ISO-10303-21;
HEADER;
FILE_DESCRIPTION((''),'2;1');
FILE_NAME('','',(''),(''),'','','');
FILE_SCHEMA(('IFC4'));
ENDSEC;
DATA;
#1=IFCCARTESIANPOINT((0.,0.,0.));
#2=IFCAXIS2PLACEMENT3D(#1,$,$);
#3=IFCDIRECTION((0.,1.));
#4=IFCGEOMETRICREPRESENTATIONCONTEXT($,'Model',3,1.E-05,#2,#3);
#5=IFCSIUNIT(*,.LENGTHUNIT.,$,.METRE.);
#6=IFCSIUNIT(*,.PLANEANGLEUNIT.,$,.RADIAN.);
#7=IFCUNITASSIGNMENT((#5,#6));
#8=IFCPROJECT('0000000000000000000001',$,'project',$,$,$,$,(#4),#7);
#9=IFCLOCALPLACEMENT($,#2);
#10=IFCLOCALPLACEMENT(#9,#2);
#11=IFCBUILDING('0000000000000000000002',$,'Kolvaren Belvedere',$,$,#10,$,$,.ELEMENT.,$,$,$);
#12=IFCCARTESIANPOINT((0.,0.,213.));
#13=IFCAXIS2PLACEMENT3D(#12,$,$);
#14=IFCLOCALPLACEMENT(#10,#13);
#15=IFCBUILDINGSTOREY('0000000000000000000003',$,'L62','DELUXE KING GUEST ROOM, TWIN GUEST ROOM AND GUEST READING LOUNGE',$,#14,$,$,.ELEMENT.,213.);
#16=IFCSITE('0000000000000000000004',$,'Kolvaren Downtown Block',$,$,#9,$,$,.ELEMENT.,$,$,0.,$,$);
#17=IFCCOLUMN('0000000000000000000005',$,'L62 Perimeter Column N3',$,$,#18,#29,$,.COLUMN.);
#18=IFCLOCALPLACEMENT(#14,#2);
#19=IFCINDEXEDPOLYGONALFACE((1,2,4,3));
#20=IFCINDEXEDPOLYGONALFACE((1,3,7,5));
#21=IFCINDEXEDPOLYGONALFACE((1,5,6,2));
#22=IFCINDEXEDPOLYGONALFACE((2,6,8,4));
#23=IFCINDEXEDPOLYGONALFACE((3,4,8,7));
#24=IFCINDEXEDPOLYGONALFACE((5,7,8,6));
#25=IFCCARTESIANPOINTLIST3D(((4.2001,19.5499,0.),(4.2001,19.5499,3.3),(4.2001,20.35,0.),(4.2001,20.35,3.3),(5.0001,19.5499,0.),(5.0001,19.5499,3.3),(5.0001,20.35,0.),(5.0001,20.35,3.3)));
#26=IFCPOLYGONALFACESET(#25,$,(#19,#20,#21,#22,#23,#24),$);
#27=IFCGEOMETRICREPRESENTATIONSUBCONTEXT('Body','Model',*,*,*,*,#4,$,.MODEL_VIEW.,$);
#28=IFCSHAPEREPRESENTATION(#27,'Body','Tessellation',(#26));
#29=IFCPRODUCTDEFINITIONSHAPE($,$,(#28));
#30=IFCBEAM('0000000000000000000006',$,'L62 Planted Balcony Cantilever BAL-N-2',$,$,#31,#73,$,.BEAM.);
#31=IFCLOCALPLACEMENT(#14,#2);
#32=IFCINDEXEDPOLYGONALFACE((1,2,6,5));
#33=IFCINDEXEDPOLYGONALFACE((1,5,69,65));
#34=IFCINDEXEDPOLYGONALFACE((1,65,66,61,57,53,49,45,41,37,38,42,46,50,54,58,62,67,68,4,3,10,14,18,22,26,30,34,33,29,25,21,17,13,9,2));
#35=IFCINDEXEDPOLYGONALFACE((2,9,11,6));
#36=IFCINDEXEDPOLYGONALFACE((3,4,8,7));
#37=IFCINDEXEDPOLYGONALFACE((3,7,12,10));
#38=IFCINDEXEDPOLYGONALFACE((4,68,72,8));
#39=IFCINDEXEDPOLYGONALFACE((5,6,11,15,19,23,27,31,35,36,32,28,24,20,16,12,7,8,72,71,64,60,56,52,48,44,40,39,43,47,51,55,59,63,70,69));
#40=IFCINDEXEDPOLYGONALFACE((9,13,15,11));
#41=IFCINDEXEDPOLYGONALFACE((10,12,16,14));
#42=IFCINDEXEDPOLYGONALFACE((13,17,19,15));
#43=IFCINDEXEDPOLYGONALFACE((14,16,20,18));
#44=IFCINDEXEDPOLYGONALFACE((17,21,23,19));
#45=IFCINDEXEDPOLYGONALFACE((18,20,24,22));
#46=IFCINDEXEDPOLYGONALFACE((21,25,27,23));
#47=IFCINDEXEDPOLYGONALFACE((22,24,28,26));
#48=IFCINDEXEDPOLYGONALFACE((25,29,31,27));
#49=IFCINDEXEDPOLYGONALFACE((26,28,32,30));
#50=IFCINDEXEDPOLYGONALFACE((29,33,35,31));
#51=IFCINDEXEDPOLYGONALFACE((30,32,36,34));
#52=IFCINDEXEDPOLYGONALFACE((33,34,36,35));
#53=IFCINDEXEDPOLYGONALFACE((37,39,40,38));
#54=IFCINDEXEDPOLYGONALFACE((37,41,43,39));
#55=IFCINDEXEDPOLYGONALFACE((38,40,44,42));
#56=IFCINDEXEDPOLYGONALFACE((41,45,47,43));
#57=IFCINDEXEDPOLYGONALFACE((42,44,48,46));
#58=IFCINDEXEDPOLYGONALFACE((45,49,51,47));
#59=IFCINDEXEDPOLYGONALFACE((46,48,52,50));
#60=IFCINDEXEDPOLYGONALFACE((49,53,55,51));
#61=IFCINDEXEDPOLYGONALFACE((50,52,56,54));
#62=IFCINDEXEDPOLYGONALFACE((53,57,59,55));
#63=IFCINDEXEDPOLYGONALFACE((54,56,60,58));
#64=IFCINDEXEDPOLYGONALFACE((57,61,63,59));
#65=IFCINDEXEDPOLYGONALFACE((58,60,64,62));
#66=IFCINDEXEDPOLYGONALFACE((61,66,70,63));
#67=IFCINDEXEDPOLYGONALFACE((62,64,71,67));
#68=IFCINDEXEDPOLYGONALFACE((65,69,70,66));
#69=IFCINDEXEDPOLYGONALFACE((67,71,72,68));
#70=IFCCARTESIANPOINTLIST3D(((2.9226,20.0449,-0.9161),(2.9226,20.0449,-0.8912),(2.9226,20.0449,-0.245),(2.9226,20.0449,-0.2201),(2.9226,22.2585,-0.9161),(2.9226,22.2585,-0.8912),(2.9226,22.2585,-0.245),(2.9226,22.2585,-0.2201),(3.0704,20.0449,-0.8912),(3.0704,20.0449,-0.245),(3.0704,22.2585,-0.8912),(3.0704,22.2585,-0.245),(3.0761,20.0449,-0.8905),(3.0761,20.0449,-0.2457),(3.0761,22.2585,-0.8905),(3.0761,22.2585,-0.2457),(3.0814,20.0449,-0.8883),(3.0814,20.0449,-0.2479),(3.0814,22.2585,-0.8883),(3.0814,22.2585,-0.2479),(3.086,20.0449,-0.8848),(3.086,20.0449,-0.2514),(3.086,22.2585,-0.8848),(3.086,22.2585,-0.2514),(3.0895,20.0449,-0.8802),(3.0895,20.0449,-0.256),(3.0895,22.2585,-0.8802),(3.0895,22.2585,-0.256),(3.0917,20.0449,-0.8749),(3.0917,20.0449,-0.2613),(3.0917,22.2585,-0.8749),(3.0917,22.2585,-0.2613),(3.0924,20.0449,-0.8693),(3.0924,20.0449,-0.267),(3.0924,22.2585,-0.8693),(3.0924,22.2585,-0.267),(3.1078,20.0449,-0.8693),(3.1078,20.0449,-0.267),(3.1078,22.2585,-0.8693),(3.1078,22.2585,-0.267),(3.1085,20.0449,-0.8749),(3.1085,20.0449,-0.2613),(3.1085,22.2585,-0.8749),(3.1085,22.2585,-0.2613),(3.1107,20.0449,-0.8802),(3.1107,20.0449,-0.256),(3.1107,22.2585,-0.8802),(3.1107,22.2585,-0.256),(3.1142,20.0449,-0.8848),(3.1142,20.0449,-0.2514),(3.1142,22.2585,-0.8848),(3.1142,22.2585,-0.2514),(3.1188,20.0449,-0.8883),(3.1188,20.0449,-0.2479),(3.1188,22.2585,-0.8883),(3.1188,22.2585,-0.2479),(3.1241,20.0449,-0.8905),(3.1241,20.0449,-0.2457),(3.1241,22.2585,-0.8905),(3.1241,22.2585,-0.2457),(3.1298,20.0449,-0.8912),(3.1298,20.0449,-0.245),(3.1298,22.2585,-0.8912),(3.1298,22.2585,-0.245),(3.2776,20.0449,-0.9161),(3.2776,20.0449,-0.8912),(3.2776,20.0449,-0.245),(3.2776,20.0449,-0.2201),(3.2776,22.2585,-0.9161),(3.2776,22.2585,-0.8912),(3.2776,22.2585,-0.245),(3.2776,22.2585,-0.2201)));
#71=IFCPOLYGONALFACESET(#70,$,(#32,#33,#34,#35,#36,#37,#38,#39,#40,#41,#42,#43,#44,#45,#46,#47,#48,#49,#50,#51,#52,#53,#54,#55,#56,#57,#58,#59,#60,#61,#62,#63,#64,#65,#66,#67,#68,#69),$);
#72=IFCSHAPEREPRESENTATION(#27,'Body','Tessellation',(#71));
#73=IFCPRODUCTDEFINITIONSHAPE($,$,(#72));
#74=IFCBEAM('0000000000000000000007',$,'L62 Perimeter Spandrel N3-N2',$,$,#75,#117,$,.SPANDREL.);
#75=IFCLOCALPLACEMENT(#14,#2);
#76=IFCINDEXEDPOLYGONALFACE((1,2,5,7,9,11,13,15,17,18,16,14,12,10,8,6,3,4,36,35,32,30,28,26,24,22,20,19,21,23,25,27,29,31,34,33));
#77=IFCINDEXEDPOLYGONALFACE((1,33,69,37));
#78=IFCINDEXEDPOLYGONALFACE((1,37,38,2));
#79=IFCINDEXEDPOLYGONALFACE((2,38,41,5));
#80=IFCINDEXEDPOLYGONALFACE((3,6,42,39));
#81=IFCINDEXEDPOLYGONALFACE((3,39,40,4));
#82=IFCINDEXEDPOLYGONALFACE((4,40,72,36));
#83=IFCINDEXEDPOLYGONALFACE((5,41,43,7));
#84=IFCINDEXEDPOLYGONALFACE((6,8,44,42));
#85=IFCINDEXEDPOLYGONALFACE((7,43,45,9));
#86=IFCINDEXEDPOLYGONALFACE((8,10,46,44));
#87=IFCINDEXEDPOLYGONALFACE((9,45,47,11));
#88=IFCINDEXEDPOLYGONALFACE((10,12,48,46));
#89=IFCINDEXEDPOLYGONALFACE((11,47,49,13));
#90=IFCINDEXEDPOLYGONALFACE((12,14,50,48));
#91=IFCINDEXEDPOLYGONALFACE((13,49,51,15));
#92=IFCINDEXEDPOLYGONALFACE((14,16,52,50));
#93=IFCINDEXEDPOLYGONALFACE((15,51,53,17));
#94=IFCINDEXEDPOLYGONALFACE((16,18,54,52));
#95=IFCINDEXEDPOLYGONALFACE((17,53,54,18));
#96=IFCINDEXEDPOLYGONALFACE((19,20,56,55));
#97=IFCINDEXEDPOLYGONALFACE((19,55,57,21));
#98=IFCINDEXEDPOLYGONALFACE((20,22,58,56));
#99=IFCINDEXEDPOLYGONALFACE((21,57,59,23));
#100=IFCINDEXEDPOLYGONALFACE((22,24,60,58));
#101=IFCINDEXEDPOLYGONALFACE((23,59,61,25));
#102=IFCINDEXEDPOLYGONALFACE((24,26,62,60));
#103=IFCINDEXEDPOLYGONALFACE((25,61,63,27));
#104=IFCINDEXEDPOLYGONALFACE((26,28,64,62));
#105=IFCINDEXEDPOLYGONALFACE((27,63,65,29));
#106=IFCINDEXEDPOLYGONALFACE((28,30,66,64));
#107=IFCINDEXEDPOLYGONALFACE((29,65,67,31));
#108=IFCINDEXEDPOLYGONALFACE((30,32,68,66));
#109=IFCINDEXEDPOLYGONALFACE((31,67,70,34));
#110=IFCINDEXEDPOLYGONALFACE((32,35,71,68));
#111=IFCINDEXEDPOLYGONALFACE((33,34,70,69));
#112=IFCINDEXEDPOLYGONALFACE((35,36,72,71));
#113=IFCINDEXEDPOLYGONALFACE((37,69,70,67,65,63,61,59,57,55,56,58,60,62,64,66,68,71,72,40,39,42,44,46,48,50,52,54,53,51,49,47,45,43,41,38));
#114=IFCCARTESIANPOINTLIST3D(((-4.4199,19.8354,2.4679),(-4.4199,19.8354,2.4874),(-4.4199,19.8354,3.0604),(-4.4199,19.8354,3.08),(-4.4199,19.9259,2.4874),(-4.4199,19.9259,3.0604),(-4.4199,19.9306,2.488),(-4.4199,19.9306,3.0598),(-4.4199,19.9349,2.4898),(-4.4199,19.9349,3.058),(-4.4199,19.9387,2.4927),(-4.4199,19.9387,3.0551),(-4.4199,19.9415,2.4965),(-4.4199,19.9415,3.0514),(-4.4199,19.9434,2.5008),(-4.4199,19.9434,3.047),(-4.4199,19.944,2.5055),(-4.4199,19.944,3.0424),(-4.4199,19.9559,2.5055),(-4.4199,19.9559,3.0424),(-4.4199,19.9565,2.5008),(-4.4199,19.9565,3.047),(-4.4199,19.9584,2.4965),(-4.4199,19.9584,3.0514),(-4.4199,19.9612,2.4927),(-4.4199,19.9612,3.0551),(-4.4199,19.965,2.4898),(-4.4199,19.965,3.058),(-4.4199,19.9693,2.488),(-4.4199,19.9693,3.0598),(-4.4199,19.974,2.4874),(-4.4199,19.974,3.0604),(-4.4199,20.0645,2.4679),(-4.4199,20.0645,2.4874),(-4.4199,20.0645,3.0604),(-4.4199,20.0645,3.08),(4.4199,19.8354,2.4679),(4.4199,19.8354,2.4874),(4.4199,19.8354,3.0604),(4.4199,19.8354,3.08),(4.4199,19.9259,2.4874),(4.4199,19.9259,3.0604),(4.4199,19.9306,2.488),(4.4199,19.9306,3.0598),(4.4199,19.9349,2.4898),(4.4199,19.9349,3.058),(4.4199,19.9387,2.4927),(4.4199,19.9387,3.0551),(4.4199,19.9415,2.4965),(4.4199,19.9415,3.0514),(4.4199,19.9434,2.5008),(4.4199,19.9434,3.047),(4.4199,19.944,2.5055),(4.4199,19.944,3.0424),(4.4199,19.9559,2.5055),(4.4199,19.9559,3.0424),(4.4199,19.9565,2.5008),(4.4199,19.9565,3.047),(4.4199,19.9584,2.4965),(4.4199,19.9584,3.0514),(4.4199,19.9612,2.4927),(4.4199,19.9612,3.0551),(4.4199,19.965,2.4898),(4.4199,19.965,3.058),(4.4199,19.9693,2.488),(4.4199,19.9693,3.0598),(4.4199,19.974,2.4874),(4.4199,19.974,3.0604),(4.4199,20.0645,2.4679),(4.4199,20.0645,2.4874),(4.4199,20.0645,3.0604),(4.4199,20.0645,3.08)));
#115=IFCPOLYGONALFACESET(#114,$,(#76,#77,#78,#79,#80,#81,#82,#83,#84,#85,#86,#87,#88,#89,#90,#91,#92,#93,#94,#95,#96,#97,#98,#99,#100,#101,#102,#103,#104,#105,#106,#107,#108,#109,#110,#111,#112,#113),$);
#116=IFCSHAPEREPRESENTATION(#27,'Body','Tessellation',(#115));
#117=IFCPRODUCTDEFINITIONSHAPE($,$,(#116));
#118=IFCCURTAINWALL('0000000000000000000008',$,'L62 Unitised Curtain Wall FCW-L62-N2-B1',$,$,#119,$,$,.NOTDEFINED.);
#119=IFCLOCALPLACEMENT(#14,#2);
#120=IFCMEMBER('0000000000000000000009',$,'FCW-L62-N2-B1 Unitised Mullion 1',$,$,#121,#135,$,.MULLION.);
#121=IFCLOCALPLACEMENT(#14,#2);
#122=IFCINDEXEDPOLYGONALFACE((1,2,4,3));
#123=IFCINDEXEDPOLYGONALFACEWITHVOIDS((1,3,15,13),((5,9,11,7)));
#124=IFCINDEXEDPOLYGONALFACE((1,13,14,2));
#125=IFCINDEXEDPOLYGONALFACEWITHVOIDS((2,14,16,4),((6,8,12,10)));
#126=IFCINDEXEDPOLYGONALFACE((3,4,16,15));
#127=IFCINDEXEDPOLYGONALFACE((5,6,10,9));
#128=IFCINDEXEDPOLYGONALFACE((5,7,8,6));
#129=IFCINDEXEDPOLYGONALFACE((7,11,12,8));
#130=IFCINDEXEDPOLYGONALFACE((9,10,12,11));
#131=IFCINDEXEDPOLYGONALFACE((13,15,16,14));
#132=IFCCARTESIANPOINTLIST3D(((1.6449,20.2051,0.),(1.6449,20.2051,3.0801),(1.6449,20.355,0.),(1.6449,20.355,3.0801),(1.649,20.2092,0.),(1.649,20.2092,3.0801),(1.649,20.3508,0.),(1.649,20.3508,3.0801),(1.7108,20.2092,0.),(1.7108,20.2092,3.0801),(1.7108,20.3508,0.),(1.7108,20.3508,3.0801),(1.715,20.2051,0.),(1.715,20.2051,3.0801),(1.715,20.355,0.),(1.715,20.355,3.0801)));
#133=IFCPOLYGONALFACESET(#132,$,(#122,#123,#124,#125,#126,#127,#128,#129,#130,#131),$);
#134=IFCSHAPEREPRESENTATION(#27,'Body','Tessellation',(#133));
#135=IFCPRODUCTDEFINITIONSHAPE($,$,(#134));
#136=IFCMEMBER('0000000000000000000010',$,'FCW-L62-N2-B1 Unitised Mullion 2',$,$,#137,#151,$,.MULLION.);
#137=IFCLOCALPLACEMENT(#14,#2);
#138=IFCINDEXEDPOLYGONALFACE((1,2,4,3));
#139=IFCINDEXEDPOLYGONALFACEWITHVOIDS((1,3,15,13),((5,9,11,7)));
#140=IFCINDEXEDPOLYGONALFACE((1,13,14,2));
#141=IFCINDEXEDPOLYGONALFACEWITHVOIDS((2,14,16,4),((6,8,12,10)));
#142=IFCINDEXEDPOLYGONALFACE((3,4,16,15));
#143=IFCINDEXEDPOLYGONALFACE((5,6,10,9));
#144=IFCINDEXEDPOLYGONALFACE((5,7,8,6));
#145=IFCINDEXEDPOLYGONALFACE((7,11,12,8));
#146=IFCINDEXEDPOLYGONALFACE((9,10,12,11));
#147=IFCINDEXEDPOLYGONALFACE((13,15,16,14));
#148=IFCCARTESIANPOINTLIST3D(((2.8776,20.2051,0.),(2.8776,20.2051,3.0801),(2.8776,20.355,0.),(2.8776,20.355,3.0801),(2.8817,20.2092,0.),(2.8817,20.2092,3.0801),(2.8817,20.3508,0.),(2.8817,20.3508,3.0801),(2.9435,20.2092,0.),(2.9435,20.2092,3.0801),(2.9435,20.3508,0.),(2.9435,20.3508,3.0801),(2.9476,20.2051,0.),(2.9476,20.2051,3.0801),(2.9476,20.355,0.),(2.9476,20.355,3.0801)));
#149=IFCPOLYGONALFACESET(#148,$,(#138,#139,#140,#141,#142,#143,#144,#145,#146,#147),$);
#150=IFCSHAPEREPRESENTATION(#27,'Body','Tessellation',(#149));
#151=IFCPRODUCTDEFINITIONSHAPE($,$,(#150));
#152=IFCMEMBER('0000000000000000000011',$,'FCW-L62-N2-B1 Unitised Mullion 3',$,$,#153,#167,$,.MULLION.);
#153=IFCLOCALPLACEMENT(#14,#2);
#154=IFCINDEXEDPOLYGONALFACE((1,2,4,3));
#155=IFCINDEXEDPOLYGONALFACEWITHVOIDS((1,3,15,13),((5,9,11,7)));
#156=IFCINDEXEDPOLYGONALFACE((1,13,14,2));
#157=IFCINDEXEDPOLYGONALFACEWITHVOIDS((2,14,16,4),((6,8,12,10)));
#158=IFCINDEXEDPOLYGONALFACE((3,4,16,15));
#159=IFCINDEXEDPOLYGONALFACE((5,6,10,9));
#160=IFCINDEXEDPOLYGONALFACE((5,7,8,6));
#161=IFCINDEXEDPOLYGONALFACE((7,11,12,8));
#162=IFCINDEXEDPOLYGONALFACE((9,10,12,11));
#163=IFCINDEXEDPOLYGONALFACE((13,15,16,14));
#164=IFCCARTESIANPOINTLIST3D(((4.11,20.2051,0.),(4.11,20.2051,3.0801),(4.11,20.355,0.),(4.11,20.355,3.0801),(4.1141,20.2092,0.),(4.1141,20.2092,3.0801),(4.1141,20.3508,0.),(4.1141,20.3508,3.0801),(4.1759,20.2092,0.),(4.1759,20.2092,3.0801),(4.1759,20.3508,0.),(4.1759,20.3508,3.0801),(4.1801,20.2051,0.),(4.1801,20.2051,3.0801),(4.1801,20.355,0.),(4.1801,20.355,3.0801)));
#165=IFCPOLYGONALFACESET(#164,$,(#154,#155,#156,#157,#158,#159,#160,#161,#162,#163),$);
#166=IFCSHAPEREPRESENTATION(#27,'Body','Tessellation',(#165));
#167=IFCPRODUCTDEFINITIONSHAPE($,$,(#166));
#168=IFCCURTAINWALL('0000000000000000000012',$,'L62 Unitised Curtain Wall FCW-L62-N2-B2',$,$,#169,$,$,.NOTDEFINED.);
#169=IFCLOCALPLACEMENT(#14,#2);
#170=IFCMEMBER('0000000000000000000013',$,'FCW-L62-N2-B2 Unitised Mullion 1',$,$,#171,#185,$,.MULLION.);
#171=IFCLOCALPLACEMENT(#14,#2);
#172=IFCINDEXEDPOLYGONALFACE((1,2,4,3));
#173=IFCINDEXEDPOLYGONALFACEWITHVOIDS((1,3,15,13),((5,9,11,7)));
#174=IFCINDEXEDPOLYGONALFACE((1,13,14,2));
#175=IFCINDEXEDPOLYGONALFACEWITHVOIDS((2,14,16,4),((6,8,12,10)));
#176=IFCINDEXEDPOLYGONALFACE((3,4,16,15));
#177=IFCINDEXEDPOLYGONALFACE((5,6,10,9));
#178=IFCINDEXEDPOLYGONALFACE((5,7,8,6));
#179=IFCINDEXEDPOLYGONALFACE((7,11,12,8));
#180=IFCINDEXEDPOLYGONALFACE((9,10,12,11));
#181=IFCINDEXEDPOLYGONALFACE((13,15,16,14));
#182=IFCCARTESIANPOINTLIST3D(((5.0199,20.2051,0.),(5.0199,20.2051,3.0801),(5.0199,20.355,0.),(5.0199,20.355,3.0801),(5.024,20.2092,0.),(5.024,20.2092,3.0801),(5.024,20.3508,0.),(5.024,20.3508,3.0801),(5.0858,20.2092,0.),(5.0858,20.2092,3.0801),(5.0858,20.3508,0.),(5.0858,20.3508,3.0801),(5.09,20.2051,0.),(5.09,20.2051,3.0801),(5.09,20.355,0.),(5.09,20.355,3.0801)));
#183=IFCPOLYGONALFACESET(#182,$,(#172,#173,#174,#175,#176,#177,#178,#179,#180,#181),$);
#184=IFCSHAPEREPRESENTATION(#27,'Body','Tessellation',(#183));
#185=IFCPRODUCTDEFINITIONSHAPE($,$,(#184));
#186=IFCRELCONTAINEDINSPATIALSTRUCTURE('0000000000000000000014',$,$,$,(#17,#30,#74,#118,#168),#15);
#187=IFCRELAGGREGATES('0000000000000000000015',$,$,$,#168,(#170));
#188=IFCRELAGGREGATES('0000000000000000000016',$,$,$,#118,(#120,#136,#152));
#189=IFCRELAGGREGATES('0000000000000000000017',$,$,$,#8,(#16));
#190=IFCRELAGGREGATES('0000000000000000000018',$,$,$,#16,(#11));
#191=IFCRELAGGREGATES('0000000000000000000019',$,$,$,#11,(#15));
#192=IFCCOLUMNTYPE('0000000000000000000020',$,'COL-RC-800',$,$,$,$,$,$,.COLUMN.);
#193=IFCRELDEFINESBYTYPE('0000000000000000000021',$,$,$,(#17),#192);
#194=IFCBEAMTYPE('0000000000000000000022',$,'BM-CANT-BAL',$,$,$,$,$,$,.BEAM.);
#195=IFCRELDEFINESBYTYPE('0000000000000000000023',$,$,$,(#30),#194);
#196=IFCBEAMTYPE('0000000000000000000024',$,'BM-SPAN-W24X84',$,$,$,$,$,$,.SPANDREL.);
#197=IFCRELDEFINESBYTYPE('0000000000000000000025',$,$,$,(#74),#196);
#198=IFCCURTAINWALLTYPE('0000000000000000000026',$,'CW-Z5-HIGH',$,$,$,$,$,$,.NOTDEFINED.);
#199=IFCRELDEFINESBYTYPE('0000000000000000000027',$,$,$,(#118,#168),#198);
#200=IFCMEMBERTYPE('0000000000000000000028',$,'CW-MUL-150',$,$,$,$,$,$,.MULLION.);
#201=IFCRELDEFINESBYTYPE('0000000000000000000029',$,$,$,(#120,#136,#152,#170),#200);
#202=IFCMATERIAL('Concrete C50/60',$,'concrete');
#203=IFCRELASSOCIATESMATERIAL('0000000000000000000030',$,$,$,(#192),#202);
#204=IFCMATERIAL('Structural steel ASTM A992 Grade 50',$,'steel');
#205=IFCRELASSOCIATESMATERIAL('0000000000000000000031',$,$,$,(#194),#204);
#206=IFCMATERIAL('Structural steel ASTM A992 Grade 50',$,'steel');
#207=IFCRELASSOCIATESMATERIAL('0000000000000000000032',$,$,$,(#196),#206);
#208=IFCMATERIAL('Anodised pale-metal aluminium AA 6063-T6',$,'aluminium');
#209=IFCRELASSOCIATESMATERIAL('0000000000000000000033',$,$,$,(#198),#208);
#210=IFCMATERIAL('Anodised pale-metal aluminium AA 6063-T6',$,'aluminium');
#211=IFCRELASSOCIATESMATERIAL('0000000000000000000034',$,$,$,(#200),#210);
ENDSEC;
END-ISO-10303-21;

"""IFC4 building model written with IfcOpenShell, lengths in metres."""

from ifc_helpers import new_model, si_unit, direction, frame, origin, origin_2d, place, context, subcontext, project, spatial, rectangle, hollow_rectangle, i_section, extrude, material, material_profile, profile_set, type_object, element, aggregate, save


model = new_model("IFC4")

# Units and contexts
model_context = context("Model", 3, precision=1e-05, world=origin(), true_north=direction((0.0, 1.0)))
body_context = subcontext(model_context, "Body", "Model", "MODEL_VIEW")
ifc_project = project(units=[si_unit("LENGTHUNIT", "METRE"), si_unit("PLANEANGLEUNIT", "RADIAN")], contexts=[model_context])

# Site, building, storey
site_placement = place(None, origin())
site = spatial("IfcSite", under=ifc_project, at=site_placement, Name="Kolvaren Downtown Block", CompositionType="ELEMENT", RefElevation=0.0)
building_placement = place(site_placement, origin())
building = spatial("IfcBuilding", under=site, at=building_placement, Name="Kolvaren Belvedere", CompositionType="ELEMENT")
storey_placement = place(building_placement, frame((0.0, 0.0, 213.0)))
storey = spatial("IfcBuildingStorey", under=building, at=storey_placement, Name="L62", Description="DELUXE KING GUEST ROOM, TWIN GUEST ROOM AND GUEST READING LOUNGE", CompositionType="ELEMENT", Elevation=213.0)

# Column
ifc_material_1 = material(Name="Concrete C50/60", Category="concrete")
ifc_material_profile_1 = material_profile(ifc_material_1, rectangle(XDim=0.8, YDim=0.8, at=origin_2d()), Name="RC 800X800")
ifc_profile_set_1 = profile_set([ifc_material_profile_1], Name="Concrete C50/60")
column_type = type_object("IfcColumnType", Name="COL-RC-800", PredefinedType="COLUMN", material=ifc_profile_set_1)
column_placement = place(storey_placement, frame((4.6001, 19.95, 0.0), z_axis=(0.0, 0.0, 1.0), x_axis=(1.0, 0.0, 0.0)))
element("IfcColumn", 1, at=column_placement, inside=storey, type_object=column_type, Name="L62 Perimeter Column N3", PredefinedType="COLUMN", context=body_context, shape_type="SweptSolid", body=[
    extrude(rectangle(XDim=0.8, YDim=0.8, at=origin_2d()), origin(), (0.0, 0.0, 1.0), 3.3),
])

# Beams
ifc_material_2 = material(Name="Structural steel ASTM A992 Grade 50", Category="steel")
ifc_material_profile_2 = material_profile(ifc_material_2, i_section(OverallWidth=0.355, OverallDepth=0.696, WebThickness=0.0154, FlangeThickness=0.0249, FilletRadius=0.022, at=origin_2d()), Name="W27X146")
ifc_profile_set_2 = profile_set([ifc_material_profile_2], Name="Structural steel ASTM A992 Grade 50")
beam_type_1 = type_object("IfcBeamType", Name="BM-CANT-BAL", PredefinedType="BEAM", material=ifc_profile_set_2)
beam_1_placement = place(storey_placement, frame((3.1001, 20.0449, -0.5681), z_axis=(0.0, 1.0, 0.0), x_axis=(-1.0, 0.0, 0.0)))
element("IfcBeam", 2, at=beam_1_placement, inside=storey, type_object=beam_type_1, Name="L62 Planted Balcony Cantilever BAL-N-2", PredefinedType="BEAM", context=body_context, shape_type="SweptSolid", body=[
    extrude(i_section(OverallWidth=0.355, OverallDepth=0.696, WebThickness=0.0154, FlangeThickness=0.0249, FilletRadius=0.022, at=origin_2d()), origin(), (0.0, 0.0, 1.0), 2.2136),
])
ifc_material_3 = material(Name="Structural steel ASTM A992 Grade 50", Category="steel")
ifc_material_profile_3 = material_profile(ifc_material_3, i_section(OverallWidth=0.229, OverallDepth=0.6121, WebThickness=0.012, FlangeThickness=0.0195, FilletRadius=0.0181, at=origin_2d()), Name="W24X84")
ifc_profile_set_3 = profile_set([ifc_material_profile_3], Name="Structural steel ASTM A992 Grade 50")
beam_type_2 = type_object("IfcBeamType", Name="BM-SPAN-W24X84", PredefinedType="SPANDREL", material=ifc_profile_set_3)
beam_2_placement = place(storey_placement, frame((4.4199, 19.95, 2.7739), z_axis=(-1.0, 0.0, 0.0), x_axis=(0.0, -1.0, 0.0)))
element("IfcBeam", 3, at=beam_2_placement, inside=storey, type_object=beam_type_2, Name="L62 Perimeter Spandrel N3-N2", PredefinedType="SPANDREL", context=body_context, shape_type="SweptSolid", body=[
    extrude(i_section(OverallWidth=0.229, OverallDepth=0.6121, WebThickness=0.012, FlangeThickness=0.0195, FilletRadius=0.0181, at=origin_2d()), origin(), (0.0, 0.0, 1.0), 8.8398),
])

# Curtain wall, members
ifc_material_4 = material(Name="Anodised pale-metal aluminium AA 6063-T6", Category="aluminium")
curtain_wall_type = type_object("IfcCurtainWallType", Name="CW-Z5-HIGH", PredefinedType="NOTDEFINED", material=ifc_material_4)
curtain_wall_1_placement = place(storey_placement, origin())
curtain_wall_1 = element("IfcCurtainWall", 4, at=curtain_wall_1_placement, inside=storey, type_object=curtain_wall_type, Name="L62 Unitised Curtain Wall FCW-L62-N2-B1", PredefinedType="NOTDEFINED")
ifc_material_5 = material(Name="Anodised pale-metal aluminium AA 6063-T6", Category="aluminium")
ifc_material_profile_4 = material_profile(ifc_material_5, hollow_rectangle(XDim=0.0701, YDim=0.1499, WallThickness=0.0042, at=origin_2d()), Name="ALU-MUL-150X70")
ifc_profile_set_4 = profile_set([ifc_material_profile_4], Name="Anodised pale-metal aluminium AA 6063-T6")
member_type_1 = type_object("IfcMemberType", Name="CW-MUL-150", PredefinedType="MULLION", material=ifc_profile_set_4)
member_1_placement = place(storey_placement, frame((1.6799, 20.28, 0.0), z_axis=(0.0, 0.0, 1.0), x_axis=(1.0, 0.0, 0.0)))
member_1 = element("IfcMember", 5, at=member_1_placement, type_object=member_type_1, Name="FCW-L62-N2-B1 Unitised Mullion 1", PredefinedType="MULLION", context=body_context, shape_type="SweptSolid", body=[
    extrude(hollow_rectangle(XDim=0.0701, YDim=0.1499, WallThickness=0.0042, at=origin_2d()), origin(), (0.0, 0.0, 1.0), 3.0801),
])
member_2_placement = place(storey_placement, frame((2.9126, 20.28, 0.0), z_axis=(0.0, 0.0, 1.0), x_axis=(1.0, 0.0, 0.0)))
member_2 = element("IfcMember", 6, at=member_2_placement, type_object=member_type_1, Name="FCW-L62-N2-B1 Unitised Mullion 2", PredefinedType="MULLION", context=body_context, shape_type="SweptSolid", body=[
    extrude(hollow_rectangle(XDim=0.0701, YDim=0.1499, WallThickness=0.0042, at=origin_2d()), origin(), (0.0, 0.0, 1.0), 3.0801),
])
member_3_placement = place(storey_placement, frame((4.145, 20.28, 0.0), z_axis=(0.0, 0.0, 1.0), x_axis=(1.0, 0.0, 0.0)))
member_3 = element("IfcMember", 7, at=member_3_placement, type_object=member_type_1, Name="FCW-L62-N2-B1 Unitised Mullion 3", PredefinedType="MULLION", context=body_context, shape_type="SweptSolid", body=[
    extrude(hollow_rectangle(XDim=0.0701, YDim=0.1499, WallThickness=0.0042, at=origin_2d()), origin(), (0.0, 0.0, 1.0), 3.0801),
])

# Curtain wall, member
curtain_wall_2_placement = place(storey_placement, origin())
curtain_wall_2 = element("IfcCurtainWall", 8, at=curtain_wall_2_placement, inside=storey, type_object=curtain_wall_type, Name="L62 Unitised Curtain Wall FCW-L62-N2-B2", PredefinedType="NOTDEFINED")
member_4_placement = place(storey_placement, frame((5.0549, 20.28, 0.0), z_axis=(0.0, 0.0, 1.0), x_axis=(1.0, 0.0, 0.0)))
member_4 = element("IfcMember", 9, at=member_4_placement, type_object=member_type_1, Name="FCW-L62-N2-B2 Unitised Mullion 1", PredefinedType="MULLION", context=body_context, shape_type="SweptSolid", body=[
    extrude(hollow_rectangle(XDim=0.0701, YDim=0.1499, WallThickness=0.0042, at=origin_2d()), origin(), (0.0, 0.0, 1.0), 3.0801),
])

aggregate(curtain_wall_2, [member_4])

aggregate(curtain_wall_1, [member_1, member_2, member_3])

save(model, "model.ifc")
